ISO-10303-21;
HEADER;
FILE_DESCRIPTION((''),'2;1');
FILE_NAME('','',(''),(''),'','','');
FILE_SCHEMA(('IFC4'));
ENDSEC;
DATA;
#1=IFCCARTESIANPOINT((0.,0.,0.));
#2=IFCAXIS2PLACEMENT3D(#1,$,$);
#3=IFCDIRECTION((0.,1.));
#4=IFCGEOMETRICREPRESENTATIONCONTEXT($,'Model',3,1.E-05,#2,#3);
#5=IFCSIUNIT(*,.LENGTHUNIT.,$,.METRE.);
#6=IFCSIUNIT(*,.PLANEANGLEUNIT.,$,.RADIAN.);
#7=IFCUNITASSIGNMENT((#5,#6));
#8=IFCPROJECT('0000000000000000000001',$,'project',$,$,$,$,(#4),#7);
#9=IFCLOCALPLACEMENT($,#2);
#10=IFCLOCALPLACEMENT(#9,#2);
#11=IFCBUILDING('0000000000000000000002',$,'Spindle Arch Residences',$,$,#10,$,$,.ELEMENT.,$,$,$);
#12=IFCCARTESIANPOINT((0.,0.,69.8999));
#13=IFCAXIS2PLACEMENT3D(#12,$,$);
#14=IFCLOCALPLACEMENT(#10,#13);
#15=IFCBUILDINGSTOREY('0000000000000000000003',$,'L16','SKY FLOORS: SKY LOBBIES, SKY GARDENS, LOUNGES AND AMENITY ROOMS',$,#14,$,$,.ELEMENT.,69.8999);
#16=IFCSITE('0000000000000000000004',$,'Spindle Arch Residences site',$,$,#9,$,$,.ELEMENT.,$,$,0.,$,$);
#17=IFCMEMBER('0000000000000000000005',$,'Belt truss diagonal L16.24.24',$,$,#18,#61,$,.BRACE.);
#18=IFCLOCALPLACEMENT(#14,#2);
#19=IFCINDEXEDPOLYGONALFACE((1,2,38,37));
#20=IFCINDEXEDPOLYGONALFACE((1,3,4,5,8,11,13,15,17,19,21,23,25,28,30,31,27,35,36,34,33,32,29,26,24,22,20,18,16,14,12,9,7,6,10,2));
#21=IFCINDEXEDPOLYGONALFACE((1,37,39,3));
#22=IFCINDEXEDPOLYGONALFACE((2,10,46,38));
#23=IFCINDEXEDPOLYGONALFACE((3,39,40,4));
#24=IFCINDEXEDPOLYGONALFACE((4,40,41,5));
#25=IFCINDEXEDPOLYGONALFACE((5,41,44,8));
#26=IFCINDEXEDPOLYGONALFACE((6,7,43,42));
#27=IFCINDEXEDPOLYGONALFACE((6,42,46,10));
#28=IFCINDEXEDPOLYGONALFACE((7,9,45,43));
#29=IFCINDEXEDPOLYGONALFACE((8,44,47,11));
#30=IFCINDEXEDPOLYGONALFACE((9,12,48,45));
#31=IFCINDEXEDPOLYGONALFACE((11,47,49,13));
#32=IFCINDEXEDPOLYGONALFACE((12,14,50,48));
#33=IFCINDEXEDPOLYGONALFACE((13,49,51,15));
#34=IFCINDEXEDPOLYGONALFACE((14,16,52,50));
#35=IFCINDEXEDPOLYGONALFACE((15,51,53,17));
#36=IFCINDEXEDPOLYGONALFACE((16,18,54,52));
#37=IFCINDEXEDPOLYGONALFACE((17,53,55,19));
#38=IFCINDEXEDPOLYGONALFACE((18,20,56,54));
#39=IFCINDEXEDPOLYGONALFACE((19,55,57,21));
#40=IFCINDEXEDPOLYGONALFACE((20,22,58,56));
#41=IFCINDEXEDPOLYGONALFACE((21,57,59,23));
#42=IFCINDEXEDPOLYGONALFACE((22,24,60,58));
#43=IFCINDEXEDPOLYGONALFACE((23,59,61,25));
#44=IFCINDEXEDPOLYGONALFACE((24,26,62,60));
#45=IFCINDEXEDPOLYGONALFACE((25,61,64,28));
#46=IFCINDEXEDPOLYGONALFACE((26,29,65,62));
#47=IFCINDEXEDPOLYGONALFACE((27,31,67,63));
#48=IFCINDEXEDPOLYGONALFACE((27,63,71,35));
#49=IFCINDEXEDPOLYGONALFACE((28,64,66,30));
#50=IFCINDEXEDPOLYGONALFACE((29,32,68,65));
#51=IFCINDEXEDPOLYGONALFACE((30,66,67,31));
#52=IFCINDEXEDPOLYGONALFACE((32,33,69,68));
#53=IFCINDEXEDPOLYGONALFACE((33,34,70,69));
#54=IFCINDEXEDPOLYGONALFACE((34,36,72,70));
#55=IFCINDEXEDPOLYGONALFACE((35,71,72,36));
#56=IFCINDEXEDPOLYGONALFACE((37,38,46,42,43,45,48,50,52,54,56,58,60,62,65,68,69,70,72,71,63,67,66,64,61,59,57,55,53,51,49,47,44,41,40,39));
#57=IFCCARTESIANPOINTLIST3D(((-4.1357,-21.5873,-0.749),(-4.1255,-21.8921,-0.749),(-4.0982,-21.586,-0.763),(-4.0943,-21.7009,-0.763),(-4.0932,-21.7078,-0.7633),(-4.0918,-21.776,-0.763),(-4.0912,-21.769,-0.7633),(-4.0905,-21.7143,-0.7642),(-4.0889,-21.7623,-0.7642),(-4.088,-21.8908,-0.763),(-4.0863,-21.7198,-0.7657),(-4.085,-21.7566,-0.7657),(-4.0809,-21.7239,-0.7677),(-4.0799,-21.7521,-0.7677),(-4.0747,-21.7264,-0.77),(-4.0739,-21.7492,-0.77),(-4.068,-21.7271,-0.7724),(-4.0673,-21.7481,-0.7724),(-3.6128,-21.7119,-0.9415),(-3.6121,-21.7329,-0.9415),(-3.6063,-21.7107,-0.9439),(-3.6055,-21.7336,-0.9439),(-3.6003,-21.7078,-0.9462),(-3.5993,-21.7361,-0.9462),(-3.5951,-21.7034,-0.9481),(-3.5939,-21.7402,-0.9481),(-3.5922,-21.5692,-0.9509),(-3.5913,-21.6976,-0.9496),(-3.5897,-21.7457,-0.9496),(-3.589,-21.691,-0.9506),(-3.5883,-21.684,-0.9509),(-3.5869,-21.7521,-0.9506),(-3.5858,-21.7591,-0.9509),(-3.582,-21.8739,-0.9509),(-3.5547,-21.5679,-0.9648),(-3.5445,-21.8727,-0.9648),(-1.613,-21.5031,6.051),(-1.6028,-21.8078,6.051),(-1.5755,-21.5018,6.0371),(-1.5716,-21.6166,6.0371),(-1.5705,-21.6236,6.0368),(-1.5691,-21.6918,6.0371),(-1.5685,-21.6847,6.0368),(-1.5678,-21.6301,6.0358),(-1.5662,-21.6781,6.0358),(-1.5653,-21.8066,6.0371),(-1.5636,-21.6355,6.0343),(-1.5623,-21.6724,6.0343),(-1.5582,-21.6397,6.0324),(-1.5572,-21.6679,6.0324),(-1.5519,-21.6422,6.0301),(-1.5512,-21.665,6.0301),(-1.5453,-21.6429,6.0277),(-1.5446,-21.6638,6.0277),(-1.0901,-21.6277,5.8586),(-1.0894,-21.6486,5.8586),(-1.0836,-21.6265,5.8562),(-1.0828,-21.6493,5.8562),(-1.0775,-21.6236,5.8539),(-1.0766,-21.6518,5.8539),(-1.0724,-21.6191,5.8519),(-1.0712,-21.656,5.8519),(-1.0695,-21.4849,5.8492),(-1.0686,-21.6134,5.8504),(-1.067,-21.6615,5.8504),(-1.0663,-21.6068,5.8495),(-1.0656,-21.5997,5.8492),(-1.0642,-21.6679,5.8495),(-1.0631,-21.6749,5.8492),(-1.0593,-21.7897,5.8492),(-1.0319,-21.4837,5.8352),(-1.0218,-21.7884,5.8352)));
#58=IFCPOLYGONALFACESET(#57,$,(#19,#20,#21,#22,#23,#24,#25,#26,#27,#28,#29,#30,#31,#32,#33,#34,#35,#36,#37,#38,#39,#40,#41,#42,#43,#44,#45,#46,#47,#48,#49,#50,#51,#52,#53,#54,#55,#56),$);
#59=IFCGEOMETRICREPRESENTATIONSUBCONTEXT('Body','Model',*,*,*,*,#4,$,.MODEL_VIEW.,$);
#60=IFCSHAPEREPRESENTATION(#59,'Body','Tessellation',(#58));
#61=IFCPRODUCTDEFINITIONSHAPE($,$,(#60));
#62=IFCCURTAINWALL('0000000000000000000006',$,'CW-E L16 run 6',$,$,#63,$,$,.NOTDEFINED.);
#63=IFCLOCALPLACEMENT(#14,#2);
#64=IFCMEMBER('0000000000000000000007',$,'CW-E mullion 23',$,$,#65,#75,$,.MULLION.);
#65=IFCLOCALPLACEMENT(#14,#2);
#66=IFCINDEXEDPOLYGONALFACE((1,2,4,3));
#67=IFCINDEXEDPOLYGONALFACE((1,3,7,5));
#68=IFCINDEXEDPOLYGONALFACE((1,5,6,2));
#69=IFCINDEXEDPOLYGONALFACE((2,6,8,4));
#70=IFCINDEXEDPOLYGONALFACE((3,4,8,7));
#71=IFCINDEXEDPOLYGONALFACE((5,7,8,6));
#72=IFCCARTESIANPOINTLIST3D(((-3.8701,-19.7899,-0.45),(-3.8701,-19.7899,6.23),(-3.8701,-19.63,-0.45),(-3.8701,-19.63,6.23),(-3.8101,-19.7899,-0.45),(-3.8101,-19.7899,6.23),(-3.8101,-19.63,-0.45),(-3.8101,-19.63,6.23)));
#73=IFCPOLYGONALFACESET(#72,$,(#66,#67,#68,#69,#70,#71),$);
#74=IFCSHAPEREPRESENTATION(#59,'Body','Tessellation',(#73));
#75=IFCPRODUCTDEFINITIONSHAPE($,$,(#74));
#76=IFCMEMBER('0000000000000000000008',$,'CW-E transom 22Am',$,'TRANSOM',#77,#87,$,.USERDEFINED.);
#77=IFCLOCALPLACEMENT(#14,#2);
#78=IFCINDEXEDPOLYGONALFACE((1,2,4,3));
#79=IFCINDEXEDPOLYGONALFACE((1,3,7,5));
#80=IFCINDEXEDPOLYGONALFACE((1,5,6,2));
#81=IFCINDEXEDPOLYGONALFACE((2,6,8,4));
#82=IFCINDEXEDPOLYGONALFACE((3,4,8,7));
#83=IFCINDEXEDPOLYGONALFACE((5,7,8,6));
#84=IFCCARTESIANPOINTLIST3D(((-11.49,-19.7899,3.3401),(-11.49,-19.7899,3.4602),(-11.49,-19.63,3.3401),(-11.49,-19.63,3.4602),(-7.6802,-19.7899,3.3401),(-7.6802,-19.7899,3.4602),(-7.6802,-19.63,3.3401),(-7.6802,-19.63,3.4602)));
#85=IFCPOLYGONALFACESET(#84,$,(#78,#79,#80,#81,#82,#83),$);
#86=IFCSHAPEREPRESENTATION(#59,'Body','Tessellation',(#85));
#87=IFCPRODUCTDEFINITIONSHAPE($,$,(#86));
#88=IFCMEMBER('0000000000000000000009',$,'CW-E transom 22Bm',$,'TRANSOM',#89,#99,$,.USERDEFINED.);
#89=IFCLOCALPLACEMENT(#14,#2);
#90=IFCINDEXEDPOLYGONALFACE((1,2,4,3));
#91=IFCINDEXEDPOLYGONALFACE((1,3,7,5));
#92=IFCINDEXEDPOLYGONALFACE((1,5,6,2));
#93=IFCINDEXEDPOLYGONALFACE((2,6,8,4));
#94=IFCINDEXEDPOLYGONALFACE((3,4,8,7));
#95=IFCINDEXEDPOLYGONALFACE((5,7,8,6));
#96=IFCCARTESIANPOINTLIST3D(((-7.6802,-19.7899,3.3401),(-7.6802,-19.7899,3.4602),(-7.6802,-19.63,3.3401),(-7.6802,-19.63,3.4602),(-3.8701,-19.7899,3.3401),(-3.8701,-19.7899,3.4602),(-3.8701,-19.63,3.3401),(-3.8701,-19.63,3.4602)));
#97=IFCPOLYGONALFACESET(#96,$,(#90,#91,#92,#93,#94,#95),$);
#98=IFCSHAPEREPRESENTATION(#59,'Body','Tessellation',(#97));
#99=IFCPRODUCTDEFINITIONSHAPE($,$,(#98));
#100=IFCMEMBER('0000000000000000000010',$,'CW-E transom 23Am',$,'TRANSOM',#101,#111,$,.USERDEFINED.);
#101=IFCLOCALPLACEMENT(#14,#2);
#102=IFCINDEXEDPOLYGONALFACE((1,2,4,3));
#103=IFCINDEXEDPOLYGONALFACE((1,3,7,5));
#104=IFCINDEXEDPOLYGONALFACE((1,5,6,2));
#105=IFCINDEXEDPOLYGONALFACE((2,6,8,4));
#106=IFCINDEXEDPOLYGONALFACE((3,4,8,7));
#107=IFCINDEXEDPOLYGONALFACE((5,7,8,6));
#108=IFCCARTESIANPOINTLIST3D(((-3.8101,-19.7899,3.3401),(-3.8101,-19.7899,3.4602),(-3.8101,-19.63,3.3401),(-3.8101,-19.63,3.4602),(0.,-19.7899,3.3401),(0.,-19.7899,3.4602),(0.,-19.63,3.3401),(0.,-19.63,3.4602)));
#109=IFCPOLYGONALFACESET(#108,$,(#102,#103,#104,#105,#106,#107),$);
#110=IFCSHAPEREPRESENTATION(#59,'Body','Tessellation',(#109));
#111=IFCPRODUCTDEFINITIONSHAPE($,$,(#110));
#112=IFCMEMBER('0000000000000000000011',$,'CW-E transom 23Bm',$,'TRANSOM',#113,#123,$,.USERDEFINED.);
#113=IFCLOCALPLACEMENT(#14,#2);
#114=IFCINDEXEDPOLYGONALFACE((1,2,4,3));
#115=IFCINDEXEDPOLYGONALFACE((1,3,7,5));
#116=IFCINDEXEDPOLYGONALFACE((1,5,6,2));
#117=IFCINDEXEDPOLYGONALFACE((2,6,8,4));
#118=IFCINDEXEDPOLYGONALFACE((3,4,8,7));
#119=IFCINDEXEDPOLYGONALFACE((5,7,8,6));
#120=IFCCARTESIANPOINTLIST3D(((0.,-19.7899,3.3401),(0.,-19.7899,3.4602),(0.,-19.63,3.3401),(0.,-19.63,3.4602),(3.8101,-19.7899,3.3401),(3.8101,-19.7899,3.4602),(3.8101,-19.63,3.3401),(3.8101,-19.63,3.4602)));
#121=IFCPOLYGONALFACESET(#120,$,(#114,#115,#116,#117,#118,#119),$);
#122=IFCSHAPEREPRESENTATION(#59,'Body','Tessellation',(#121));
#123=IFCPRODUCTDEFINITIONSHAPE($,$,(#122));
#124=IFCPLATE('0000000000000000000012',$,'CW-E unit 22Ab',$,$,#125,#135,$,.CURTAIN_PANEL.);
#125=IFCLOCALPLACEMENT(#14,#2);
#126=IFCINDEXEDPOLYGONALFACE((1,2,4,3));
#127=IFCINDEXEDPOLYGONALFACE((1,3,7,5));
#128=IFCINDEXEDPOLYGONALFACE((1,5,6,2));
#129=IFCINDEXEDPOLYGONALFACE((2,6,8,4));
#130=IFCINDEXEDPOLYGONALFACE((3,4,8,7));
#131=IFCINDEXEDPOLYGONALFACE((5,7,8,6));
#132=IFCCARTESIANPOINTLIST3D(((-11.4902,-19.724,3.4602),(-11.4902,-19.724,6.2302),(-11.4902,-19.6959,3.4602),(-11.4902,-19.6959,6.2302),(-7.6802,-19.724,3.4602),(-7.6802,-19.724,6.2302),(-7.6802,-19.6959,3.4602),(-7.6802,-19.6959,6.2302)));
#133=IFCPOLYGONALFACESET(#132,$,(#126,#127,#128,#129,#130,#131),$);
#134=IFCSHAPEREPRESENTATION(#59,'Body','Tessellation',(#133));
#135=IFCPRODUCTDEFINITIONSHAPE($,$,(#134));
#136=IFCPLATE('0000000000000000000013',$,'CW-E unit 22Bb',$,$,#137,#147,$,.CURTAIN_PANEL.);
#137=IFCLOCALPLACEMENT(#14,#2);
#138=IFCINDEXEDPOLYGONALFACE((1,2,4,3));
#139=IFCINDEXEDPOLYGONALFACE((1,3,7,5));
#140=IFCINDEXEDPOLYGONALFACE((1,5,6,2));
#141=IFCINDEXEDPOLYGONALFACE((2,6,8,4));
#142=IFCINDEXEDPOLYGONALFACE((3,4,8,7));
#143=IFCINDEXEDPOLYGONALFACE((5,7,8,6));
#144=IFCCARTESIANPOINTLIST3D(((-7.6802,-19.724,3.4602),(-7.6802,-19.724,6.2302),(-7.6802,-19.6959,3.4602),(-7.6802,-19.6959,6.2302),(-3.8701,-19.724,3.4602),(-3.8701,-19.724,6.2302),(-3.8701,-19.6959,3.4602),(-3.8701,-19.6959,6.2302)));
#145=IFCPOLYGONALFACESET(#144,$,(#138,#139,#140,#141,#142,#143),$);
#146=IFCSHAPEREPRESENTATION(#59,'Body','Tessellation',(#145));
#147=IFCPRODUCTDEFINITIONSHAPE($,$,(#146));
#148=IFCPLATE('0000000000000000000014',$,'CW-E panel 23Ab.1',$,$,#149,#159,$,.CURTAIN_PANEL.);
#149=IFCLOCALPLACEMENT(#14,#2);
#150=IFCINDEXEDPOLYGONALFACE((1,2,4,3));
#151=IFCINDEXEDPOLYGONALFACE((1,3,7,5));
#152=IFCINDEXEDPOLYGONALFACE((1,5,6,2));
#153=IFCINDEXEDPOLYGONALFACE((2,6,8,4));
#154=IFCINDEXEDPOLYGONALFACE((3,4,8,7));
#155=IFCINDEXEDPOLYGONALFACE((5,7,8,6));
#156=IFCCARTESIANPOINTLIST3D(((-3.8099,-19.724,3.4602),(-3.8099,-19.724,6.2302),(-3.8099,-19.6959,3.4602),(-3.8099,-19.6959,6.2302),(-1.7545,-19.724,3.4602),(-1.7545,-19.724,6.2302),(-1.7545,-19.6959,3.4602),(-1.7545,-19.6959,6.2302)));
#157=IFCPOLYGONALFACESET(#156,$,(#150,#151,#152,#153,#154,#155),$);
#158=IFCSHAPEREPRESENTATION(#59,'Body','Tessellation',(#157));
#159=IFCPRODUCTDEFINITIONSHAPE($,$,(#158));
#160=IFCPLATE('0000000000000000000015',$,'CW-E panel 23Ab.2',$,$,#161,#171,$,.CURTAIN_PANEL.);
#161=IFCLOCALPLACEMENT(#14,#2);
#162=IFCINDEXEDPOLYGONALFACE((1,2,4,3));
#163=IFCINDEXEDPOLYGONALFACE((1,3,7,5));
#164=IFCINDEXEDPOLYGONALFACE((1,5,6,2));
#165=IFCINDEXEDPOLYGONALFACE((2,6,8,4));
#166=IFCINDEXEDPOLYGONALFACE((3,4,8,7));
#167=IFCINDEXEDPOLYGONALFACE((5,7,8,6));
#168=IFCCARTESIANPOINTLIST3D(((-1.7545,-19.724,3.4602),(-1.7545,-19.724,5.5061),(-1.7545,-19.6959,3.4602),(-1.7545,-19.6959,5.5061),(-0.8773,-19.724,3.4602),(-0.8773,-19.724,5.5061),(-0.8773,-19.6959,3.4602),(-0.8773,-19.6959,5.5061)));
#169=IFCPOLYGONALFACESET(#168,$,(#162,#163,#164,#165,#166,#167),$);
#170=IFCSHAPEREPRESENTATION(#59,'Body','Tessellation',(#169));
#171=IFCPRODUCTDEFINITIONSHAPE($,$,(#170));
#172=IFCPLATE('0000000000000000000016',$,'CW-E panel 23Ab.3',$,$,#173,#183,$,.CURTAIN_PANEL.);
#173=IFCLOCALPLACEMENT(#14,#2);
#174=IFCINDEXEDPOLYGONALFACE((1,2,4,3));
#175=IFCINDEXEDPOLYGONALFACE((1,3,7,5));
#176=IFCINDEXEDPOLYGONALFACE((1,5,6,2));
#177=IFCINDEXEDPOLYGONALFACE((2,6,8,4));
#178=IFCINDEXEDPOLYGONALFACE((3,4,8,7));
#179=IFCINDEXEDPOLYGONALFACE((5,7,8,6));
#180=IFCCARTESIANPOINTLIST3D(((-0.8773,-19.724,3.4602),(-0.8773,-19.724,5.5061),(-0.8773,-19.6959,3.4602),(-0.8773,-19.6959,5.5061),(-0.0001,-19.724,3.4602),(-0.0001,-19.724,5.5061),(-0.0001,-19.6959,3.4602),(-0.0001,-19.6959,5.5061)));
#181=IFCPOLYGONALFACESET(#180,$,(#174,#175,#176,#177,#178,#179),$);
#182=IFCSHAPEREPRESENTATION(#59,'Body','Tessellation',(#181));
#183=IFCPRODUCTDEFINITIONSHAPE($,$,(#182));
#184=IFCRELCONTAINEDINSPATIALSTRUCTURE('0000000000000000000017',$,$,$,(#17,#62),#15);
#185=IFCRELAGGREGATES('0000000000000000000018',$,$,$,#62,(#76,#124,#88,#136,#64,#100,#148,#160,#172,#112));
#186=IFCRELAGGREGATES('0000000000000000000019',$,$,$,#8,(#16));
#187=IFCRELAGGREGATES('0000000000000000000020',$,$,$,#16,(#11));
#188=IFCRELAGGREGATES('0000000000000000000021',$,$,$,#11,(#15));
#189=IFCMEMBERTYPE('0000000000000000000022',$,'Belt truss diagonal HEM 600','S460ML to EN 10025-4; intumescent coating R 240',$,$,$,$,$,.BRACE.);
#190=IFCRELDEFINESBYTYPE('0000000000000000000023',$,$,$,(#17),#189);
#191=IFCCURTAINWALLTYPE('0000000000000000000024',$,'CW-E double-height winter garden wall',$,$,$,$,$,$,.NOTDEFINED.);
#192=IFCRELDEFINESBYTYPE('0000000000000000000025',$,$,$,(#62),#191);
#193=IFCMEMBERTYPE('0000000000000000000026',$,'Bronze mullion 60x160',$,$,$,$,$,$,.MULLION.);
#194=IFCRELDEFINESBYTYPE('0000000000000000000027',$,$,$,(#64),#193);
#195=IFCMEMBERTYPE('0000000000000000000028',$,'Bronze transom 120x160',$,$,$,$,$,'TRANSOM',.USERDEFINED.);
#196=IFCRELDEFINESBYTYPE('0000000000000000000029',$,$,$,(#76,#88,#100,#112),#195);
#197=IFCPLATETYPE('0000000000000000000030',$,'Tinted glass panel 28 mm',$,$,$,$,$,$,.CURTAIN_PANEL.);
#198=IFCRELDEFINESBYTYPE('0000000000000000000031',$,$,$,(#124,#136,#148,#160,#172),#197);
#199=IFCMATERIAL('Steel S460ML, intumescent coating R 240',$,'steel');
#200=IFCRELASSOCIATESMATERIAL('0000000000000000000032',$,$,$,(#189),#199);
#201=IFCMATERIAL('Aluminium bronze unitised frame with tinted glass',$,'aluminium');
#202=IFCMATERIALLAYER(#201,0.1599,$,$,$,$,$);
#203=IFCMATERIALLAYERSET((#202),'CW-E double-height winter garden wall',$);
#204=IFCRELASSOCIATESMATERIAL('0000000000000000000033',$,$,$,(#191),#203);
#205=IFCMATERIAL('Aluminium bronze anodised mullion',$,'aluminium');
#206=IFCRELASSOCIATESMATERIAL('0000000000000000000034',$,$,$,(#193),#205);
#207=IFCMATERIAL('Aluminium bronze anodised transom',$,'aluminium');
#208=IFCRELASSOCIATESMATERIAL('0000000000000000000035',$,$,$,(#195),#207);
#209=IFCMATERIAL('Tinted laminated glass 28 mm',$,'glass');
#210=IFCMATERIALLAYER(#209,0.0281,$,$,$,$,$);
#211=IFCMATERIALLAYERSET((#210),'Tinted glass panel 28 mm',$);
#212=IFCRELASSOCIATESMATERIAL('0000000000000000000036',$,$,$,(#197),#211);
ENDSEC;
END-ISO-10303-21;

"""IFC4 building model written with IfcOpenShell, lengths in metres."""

from ifc_helpers import new_model, si_unit, direction, frame, origin, origin_2d, place, context, subcontext, project, spatial, rectangle, i_section, extrude, material, layer, layer_set, material_profile, profile_set, type_object, element, aggregate, save


model = new_model("IFC4")

# Units and contexts
model_context = context("Model", 3, precision=1e-05, world=origin(), true_north=direction((0.0, 1.0)))
body_context = subcontext(model_context, "Body", "Model", "MODEL_VIEW")
ifc_project = project(units=[si_unit("LENGTHUNIT", "METRE"), si_unit("PLANEANGLEUNIT", "RADIAN")], contexts=[model_context])

# Site, building, storey
site_placement = place(None, origin())
site = spatial("IfcSite", under=ifc_project, at=site_placement, Name="Spindle Arch Residences site", CompositionType="ELEMENT", RefElevation=0.0)
building_placement = place(site_placement, origin())
building = spatial("IfcBuilding", under=site, at=building_placement, Name="Spindle Arch Residences", CompositionType="ELEMENT")
storey_placement = place(building_placement, frame((0.0, 0.0, 69.8999)))
storey = spatial("IfcBuildingStorey", under=building, at=storey_placement, Name="L16", Description="SKY FLOORS: SKY LOBBIES, SKY GARDENS, LOUNGES AND AMENITY ROOMS", CompositionType="ELEMENT", Elevation=69.8999)

# Member
ifc_material_1 = material(Name="Steel S460ML, intumescent coating R 240", Category="steel")
ifc_material_profile_1 = material_profile(ifc_material_1, i_section(OverallWidth=0.3049, OverallDepth=0.6201, WebThickness=0.021, FlangeThickness=0.04, FilletRadius=0.0271, at=origin_2d()), Name="HEM 600")
ifc_profile_set_1 = profile_set([ifc_material_profile_1], Name="Steel S460ML, intumescent coating R 240")
member_type_1 = type_object("IfcMemberType", Name="Belt truss diagonal HEM 600", Description="S460ML to EN 10025-4; intumescent coating R 240", PredefinedType="BRACE", material=ifc_profile_set_1)
member_1_placement = place(storey_placement, frame((-3.8401, -21.73, -0.8569), z_axis=(0.347796, 0.011612, 0.937498), x_axis=(-0.03337, 0.999443, 0.0)))
element("IfcMember", 1, at=member_1_placement, inside=storey, type_object=member_type_1, Name="Belt truss diagonal L16.24.24", PredefinedType="BRACE", context=body_context, shape_type="SweptSolid", body=[
    extrude(i_section(OverallWidth=0.3049, OverallDepth=0.6201, WebThickness=0.021, FlangeThickness=0.04, FilletRadius=0.0271, at=origin_2d()), origin(), (0.0, 0.0, 1.0), 7.2534),
])

# Curtain wall, members, plates
ifc_material_2 = material(Name="Aluminium bronze unitised frame with tinted glass", Category="aluminium")
ifc_layer_1 = layer(ifc_material_2, 0.1599)
ifc_layer_set_1 = layer_set([ifc_layer_1], Name="CW-E double-height winter garden wall")
curtain_wall_type = type_object("IfcCurtainWallType", Name="CW-E double-height winter garden wall", PredefinedType="NOTDEFINED", material=ifc_layer_set_1)
curtain_wall_placement = place(storey_placement, origin())
curtain_wall = element("IfcCurtainWall", 2, at=curtain_wall_placement, inside=storey, type_object=curtain_wall_type, Name="CW-E L16 run 6", PredefinedType="NOTDEFINED")
ifc_material_3 = material(Name="Aluminium bronze anodised mullion", Category="aluminium")
ifc_material_profile_2 = material_profile(ifc_material_3, rectangle(XDim=0.1599, YDim=0.0601, at=origin_2d()), Name="MU 60x160")
ifc_profile_set_2 = profile_set([ifc_material_profile_2], Name="Aluminium bronze anodised mullion")
member_type_2 = type_object("IfcMemberType", Name="Bronze mullion 60x160", PredefinedType="MULLION", material=ifc_profile_set_2)
member_2_placement = place(storey_placement, frame((-3.8401, -19.71, -0.45), z_axis=(0.0, 0.0, 1.0), x_axis=(0.0, 1.0, 0.0)))
member_2 = element("IfcMember", 3, at=member_2_placement, type_object=member_type_2, Name="CW-E mullion 23", PredefinedType="MULLION", context=body_context, shape_type="SweptSolid", body=[
    extrude(rectangle(XDim=0.1599, YDim=0.0601, at=origin_2d()), origin(), (0.0, 0.0, 1.0), 6.6799),
])
ifc_material_4 = material(Name="Aluminium bronze anodised transom", Category="aluminium")
ifc_material_profile_3 = material_profile(ifc_material_4, rectangle(XDim=0.1599, YDim=0.1201, at=origin_2d()), Name="TR 120x160")
ifc_profile_set_3 = profile_set([ifc_material_profile_3], Name="Aluminium bronze anodised transom")
member_type_3 = type_object("IfcMemberType", Name="Bronze transom 120x160", ElementType="TRANSOM", PredefinedType="USERDEFINED", material=ifc_profile_set_3)
member_3_placement = place(storey_placement, frame((-11.49, -19.71, 3.4001), z_axis=(1.0, 0.0, 0.0), x_axis=(0.0, 1.0, 0.0)))
member_3 = element("IfcMember", 4, at=member_3_placement, type_object=member_type_3, Name="CW-E transom 22Am", ObjectType="TRANSOM", PredefinedType="USERDEFINED", context=body_context, shape_type="SweptSolid", body=[
    extrude(rectangle(XDim=0.1599, YDim=0.1201, at=origin_2d()), origin(), (0.0, 0.0, 1.0), 3.8098),
])
member_4_placement = place(storey_placement, frame((-7.6802, -19.71, 3.4001), z_axis=(1.0, 0.0, 0.0), x_axis=(0.0, 1.0, 0.0)))
member_4 = element("IfcMember", 5, at=member_4_placement, type_object=member_type_3, Name="CW-E transom 22Bm", ObjectType="TRANSOM", PredefinedType="USERDEFINED", context=body_context, shape_type="SweptSolid", body=[
    extrude(rectangle(XDim=0.1599, YDim=0.1201, at=origin_2d()), origin(), (0.0, 0.0, 1.0), 3.8101),
])
member_5_placement = place(storey_placement, frame((-3.8101, -19.71, 3.4001), z_axis=(1.0, 0.0, 0.0), x_axis=(0.0, 1.0, 0.0)))
member_5 = element("IfcMember", 6, at=member_5_placement, type_object=member_type_3, Name="CW-E transom 23Am", ObjectType="TRANSOM", PredefinedType="USERDEFINED", context=body_context, shape_type="SweptSolid", body=[
    extrude(rectangle(XDim=0.1599, YDim=0.1201, at=origin_2d()), origin(), (0.0, 0.0, 1.0), 3.8101),
])
member_6_placement = place(storey_placement, frame((0.0, -19.71, 3.4001), z_axis=(1.0, 0.0, 0.0), x_axis=(0.0, 1.0, 0.0)))
member_6 = element("IfcMember", 7, at=member_6_placement, type_object=member_type_3, Name="CW-E transom 23Bm", ObjectType="TRANSOM", PredefinedType="USERDEFINED", context=body_context, shape_type="SweptSolid", body=[
    extrude(rectangle(XDim=0.1599, YDim=0.1201, at=origin_2d()), origin(), (0.0, 0.0, 1.0), 3.8101),
])
ifc_material_5 = material(Name="Tinted laminated glass 28 mm", Category="glass")
ifc_layer_2 = layer(ifc_material_5, 0.0281)
ifc_layer_set_2 = layer_set([ifc_layer_2], Name="Tinted glass panel 28 mm")
plate_type_1 = type_object("IfcPlateType", Name="Tinted glass panel 28 mm", PredefinedType="CURTAIN_PANEL", material=ifc_layer_set_2)
plate_1_placement = place(storey_placement, frame((-9.5852, -19.71, 3.4602), z_axis=(0.0, 0.0, 1.0), x_axis=(1.0, 0.0, 0.0)))
plate_1 = element("IfcPlate", 8, at=plate_1_placement, type_object=plate_type_1, Name="CW-E unit 22Ab", PredefinedType="CURTAIN_PANEL", context=body_context, shape_type="SweptSolid", body=[
    extrude(rectangle(XDim=3.8101, YDim=0.0281, at=origin_2d()), origin(), (0.0, 0.0, 1.0), 2.77),
])
plate_2_placement = place(storey_placement, frame((-5.7751, -19.71, 3.4602), z_axis=(0.0, 0.0, 1.0), x_axis=(1.0, 0.0, 0.0)))
plate_2 = element("IfcPlate", 9, at=plate_2_placement, type_object=plate_type_1, Name="CW-E unit 22Bb", PredefinedType="CURTAIN_PANEL", context=body_context, shape_type="SweptSolid", body=[
    extrude(rectangle(XDim=3.8101, YDim=0.0281, at=origin_2d()), origin(), (0.0, 0.0, 1.0), 2.77),
])
plate_3_placement = place(storey_placement, frame((-2.7822, -19.71, 3.4602), z_axis=(0.0, 0.0, 1.0), x_axis=(1.0, 0.0, 0.0)))
plate_3 = element("IfcPlate", 10, at=plate_3_placement, type_object=plate_type_1, Name="CW-E panel 23Ab.1", PredefinedType="CURTAIN_PANEL", context=body_context, shape_type="SweptSolid", body=[
    extrude(rectangle(XDim=2.0554, YDim=0.0281, at=origin_2d()), origin(), (0.0, 0.0, 1.0), 2.77),
])
plate_4_placement = place(storey_placement, frame((-1.3159, -19.71, 3.4602), z_axis=(0.0, 0.0, 1.0), x_axis=(1.0, 0.0, 0.0)))
plate_4 = element("IfcPlate", 11, at=plate_4_placement, type_object=plate_type_1, Name="CW-E panel 23Ab.2", PredefinedType="CURTAIN_PANEL", context=body_context, shape_type="SweptSolid", body=[
    extrude(rectangle(XDim=0.8772, YDim=0.0281, at=origin_2d()), origin(), (0.0, 0.0, 1.0), 2.0459),
])
plate_5_placement = place(storey_placement, frame((-0.4387, -19.71, 3.4602), z_axis=(0.0, 0.0, 1.0), x_axis=(1.0, 0.0, 0.0)))
plate_5 = element("IfcPlate", 12, at=plate_5_placement, type_object=plate_type_1, Name="CW-E panel 23Ab.3", PredefinedType="CURTAIN_PANEL", context=body_context, shape_type="SweptSolid", body=[
    extrude(rectangle(XDim=0.8772, YDim=0.0281, at=origin_2d()), origin(), (0.0, 0.0, 1.0), 2.0459),
])
aggregate(curtain_wall, [member_3, plate_1, member_4, plate_2, member_2, member_5, plate_3, plate_4, plate_5, member_6])

save(model, "model.ifc")
